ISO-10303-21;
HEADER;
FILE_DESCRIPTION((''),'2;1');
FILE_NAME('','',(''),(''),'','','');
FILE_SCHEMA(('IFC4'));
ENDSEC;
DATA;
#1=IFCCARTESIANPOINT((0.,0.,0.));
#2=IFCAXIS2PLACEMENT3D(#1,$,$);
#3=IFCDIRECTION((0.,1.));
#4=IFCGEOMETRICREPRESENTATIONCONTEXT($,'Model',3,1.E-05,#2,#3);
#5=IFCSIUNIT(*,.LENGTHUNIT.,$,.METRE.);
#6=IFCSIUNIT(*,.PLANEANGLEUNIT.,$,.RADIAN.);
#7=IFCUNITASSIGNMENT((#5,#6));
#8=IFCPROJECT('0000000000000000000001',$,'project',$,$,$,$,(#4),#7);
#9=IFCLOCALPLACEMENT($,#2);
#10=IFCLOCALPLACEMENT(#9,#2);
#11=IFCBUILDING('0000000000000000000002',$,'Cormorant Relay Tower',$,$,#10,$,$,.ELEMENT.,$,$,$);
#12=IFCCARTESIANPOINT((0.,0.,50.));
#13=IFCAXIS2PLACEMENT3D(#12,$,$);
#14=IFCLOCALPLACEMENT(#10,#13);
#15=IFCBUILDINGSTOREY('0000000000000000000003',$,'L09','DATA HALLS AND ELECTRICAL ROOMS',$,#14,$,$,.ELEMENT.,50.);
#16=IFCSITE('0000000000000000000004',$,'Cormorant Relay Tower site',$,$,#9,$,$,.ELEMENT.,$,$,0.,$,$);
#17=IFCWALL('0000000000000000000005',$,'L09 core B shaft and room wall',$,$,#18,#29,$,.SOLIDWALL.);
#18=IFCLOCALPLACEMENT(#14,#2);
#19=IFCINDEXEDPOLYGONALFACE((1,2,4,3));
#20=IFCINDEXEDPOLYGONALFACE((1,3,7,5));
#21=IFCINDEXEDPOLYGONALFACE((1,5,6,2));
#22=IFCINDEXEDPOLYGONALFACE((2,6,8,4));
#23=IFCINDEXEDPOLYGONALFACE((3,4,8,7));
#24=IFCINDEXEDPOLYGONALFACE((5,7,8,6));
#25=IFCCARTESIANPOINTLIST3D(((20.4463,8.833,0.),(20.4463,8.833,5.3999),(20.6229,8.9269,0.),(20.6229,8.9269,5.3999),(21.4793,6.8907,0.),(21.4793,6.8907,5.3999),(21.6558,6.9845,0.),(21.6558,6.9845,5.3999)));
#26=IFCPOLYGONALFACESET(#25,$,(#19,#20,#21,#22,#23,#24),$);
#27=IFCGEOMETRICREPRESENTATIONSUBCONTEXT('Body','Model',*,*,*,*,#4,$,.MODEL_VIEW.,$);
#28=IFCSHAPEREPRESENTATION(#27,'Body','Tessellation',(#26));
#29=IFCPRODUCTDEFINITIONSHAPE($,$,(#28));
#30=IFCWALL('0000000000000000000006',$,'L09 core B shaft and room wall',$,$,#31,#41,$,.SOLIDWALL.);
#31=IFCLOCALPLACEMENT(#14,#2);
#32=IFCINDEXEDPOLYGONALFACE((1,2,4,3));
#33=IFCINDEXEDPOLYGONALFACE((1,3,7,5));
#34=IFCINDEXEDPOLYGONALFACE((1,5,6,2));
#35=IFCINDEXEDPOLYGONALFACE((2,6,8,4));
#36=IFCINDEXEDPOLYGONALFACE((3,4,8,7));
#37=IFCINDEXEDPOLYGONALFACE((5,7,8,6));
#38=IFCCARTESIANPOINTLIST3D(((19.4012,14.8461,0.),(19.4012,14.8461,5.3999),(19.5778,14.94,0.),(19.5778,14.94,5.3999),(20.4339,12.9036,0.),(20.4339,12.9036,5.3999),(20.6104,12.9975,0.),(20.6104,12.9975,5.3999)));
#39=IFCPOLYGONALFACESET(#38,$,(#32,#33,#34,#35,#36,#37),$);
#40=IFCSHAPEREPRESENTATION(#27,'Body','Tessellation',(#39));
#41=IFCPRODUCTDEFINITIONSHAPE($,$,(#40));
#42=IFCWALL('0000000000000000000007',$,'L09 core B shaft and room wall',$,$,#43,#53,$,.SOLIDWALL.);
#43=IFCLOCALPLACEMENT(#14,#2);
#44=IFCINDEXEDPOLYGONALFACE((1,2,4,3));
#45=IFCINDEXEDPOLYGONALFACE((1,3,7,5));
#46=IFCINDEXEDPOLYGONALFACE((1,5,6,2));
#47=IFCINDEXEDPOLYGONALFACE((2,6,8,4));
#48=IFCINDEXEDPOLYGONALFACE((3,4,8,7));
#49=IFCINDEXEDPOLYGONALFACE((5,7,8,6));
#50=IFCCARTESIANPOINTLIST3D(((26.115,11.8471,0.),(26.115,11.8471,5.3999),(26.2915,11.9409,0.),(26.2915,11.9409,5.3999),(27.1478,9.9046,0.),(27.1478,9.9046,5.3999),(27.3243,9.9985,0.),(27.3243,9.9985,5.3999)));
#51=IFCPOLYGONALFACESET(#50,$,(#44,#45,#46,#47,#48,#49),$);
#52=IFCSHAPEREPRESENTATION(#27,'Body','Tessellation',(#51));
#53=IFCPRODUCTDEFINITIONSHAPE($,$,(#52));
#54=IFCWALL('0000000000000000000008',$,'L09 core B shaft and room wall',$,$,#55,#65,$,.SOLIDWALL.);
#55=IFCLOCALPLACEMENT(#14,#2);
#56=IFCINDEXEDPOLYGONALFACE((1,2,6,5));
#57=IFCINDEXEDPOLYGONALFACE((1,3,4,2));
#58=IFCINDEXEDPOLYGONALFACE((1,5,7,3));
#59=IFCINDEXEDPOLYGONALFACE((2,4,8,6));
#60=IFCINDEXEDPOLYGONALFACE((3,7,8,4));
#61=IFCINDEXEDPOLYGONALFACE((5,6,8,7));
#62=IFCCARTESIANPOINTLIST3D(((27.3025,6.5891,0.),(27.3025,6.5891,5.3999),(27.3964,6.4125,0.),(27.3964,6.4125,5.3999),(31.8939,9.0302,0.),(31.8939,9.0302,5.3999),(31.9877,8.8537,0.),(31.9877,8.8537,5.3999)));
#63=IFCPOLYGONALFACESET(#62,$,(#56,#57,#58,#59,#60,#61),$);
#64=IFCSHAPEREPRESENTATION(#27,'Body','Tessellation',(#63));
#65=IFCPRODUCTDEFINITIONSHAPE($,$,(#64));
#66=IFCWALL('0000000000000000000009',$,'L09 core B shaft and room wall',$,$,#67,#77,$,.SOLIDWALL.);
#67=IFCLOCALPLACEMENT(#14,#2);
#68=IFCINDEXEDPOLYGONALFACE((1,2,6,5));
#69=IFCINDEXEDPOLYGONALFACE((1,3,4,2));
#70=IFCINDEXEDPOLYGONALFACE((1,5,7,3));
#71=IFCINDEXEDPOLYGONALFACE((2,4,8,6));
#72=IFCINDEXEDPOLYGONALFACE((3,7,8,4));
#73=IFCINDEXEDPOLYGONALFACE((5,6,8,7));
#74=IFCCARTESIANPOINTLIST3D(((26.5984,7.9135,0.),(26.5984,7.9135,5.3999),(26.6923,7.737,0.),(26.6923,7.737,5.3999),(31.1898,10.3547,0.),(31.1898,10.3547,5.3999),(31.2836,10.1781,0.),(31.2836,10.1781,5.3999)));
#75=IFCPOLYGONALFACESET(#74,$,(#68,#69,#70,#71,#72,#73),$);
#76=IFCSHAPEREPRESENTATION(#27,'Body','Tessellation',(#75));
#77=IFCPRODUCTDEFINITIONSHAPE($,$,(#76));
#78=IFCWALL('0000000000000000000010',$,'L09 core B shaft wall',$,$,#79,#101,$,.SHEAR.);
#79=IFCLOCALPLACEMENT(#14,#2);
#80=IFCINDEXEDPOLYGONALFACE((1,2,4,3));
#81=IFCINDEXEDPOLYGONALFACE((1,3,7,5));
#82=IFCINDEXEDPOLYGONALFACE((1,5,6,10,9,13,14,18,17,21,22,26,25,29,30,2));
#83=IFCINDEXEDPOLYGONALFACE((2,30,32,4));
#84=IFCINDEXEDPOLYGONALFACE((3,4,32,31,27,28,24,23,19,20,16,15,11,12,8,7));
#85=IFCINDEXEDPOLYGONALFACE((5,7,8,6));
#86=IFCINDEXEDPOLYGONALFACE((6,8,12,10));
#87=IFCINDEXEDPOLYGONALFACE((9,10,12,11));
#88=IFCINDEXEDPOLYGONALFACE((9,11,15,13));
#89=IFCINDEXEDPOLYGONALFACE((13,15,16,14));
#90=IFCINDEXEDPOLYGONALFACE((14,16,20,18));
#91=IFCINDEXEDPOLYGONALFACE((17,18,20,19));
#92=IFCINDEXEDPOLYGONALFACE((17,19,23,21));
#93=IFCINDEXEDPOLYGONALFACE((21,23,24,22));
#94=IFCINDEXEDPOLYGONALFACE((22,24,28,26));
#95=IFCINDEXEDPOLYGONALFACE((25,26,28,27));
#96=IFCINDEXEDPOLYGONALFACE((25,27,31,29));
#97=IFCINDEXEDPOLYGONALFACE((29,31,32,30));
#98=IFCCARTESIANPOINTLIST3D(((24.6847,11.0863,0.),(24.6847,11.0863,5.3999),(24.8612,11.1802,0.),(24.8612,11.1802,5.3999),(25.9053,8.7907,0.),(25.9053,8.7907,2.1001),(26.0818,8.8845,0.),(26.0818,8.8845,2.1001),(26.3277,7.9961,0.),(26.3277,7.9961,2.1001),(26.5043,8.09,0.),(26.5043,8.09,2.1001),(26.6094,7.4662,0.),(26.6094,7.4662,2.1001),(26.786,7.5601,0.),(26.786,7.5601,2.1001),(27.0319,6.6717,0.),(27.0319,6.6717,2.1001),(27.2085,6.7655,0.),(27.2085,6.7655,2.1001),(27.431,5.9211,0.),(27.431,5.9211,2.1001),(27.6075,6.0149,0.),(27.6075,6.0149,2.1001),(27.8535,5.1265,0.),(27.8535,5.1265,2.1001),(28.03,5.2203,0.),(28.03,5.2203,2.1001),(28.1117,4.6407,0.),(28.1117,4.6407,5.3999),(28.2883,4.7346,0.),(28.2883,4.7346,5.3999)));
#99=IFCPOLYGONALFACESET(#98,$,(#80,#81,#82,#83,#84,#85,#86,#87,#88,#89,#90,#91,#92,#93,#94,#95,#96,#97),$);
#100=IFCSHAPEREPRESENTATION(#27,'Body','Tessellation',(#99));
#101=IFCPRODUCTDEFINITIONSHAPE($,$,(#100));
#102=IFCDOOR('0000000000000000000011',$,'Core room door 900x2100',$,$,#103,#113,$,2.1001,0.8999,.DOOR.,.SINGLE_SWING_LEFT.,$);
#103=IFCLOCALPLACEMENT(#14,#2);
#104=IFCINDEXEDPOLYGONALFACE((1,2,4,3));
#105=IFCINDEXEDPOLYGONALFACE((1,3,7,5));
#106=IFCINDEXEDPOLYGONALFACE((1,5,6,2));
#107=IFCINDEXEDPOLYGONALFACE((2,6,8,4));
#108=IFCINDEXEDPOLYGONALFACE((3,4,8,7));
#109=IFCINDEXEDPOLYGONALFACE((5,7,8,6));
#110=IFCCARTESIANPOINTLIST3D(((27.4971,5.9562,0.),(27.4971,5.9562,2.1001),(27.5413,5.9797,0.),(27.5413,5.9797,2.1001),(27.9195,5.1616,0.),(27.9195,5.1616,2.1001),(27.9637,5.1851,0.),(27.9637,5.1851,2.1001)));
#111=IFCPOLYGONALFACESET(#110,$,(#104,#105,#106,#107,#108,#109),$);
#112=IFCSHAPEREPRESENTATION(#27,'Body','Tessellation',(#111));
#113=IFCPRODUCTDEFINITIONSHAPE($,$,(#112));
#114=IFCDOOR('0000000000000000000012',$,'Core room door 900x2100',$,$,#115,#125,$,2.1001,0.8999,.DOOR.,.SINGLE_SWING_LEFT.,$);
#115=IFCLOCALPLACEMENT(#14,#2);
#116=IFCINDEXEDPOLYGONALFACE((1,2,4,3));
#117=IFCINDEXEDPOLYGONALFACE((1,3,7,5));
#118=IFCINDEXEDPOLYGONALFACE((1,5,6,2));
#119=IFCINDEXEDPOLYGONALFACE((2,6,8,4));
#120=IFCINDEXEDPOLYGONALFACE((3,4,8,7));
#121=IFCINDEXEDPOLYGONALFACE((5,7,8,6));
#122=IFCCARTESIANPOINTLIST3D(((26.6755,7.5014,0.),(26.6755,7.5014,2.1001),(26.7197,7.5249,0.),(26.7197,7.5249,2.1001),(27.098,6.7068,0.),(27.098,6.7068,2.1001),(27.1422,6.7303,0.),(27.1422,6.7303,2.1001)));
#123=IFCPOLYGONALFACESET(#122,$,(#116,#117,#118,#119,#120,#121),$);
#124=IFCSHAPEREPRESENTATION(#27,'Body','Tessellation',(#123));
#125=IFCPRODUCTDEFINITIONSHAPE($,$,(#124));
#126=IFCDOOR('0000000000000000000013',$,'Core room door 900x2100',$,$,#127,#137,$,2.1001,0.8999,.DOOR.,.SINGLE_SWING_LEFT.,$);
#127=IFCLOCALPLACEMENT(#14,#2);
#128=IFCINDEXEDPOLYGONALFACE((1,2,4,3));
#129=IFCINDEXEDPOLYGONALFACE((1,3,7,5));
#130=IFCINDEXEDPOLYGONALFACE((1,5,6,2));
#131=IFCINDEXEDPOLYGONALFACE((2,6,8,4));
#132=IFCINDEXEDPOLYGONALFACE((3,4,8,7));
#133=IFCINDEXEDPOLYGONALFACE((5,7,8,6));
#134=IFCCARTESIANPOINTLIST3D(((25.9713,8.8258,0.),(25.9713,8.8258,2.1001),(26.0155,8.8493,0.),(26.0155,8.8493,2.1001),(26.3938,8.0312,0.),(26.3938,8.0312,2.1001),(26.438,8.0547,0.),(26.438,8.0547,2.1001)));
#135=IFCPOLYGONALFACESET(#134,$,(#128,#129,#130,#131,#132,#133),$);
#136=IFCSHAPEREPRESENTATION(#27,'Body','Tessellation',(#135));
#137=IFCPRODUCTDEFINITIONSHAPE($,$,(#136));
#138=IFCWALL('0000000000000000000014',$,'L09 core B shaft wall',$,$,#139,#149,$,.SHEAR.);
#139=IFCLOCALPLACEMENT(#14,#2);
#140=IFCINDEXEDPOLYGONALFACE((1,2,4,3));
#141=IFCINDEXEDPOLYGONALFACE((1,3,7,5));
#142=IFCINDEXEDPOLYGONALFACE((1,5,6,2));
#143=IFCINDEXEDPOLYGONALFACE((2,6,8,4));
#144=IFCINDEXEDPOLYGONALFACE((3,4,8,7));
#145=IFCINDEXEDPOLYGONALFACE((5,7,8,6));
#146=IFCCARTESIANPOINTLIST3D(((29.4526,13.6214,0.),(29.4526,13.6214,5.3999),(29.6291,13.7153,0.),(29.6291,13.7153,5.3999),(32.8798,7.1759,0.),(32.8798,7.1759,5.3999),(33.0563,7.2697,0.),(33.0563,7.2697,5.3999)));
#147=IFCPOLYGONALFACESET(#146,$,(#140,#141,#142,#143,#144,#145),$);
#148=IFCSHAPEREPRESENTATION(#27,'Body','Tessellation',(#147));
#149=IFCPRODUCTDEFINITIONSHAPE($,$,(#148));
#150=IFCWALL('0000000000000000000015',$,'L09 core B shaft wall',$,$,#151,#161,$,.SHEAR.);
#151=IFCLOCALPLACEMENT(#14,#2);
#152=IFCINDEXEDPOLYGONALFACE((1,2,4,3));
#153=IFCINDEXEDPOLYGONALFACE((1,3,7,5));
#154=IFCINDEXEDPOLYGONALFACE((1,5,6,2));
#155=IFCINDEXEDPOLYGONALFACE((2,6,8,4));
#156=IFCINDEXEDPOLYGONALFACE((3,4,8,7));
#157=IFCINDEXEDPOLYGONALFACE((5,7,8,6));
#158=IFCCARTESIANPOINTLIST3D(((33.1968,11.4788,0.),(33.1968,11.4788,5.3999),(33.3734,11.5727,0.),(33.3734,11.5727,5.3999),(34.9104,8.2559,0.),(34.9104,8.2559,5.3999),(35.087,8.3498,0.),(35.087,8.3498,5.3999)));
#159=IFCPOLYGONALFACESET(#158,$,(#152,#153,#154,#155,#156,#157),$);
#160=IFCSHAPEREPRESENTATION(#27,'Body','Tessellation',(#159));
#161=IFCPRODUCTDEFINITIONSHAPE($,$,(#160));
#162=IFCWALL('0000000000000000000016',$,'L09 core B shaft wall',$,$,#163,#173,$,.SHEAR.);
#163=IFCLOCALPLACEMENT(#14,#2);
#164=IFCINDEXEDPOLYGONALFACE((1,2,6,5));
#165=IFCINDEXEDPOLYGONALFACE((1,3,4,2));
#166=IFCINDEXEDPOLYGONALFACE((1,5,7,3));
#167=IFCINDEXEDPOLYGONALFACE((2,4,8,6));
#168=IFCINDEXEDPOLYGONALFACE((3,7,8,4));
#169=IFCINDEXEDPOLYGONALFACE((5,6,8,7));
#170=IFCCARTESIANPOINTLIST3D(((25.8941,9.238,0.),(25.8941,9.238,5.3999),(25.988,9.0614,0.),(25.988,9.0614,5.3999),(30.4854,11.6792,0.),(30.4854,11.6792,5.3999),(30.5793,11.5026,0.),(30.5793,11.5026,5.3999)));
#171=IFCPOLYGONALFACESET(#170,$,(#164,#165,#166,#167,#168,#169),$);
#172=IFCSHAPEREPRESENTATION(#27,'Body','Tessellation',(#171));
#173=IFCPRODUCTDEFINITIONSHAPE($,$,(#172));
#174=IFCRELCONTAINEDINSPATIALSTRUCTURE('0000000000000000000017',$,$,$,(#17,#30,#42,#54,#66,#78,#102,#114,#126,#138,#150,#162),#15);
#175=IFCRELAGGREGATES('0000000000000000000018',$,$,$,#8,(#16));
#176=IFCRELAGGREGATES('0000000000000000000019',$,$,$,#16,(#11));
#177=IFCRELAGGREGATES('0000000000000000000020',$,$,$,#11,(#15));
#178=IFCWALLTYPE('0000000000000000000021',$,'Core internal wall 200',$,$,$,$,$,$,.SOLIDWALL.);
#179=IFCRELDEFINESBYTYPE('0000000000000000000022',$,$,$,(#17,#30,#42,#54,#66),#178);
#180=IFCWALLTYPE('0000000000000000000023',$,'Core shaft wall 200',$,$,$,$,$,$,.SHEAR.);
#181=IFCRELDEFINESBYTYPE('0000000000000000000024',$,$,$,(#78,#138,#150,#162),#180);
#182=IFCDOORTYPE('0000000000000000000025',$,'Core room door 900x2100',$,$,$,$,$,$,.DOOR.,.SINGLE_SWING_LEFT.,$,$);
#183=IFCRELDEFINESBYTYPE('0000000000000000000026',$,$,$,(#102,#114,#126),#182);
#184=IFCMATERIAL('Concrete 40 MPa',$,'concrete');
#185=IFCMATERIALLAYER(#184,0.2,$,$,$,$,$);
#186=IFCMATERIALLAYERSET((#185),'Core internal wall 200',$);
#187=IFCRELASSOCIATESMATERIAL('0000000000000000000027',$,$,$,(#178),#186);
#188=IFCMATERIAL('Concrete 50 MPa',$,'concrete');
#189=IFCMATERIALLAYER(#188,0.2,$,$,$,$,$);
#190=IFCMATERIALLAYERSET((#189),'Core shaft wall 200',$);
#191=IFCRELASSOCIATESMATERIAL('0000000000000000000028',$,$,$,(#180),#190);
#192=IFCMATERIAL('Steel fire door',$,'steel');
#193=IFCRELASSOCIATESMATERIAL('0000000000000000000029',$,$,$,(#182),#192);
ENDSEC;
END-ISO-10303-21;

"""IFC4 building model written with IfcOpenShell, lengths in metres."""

from ifc_helpers import new_model, si_unit, direction, frame, frame_2d, origin, place, context, subcontext, project, spatial, rectangle, extrude, material, layer, layer_set, type_object, element, fill, save


model = new_model("IFC4")

# Units and contexts
model_context = context("Model", 3, precision=1e-05, world=origin(), true_north=direction((0.0, 1.0)))
body_context = subcontext(model_context, "Body", "Model", "MODEL_VIEW")
ifc_project = project(units=[si_unit("LENGTHUNIT", "METRE"), si_unit("PLANEANGLEUNIT", "RADIAN")], contexts=[model_context])

# Site, building, storey
site_placement = place(None, origin())
site = spatial("IfcSite", under=ifc_project, at=site_placement, Name="Cormorant Relay Tower site", CompositionType="ELEMENT", RefElevation=0.0)
building_placement = place(site_placement, origin())
building = spatial("IfcBuilding", under=site, at=building_placement, Name="Cormorant Relay Tower", CompositionType="ELEMENT")
storey_placement = place(building_placement, frame((0.0, 0.0, 50.0)))
storey = spatial("IfcBuildingStorey", under=building, at=storey_placement, Name="L09", Description="DATA HALLS AND ELECTRICAL ROOMS", CompositionType="ELEMENT", Elevation=50.0)

# Walls
ifc_material_1 = material(Name="Concrete 40 MPa", Category="concrete")
ifc_layer_1 = layer(ifc_material_1, 0.2)
ifc_layer_set_1 = layer_set([ifc_layer_1], Name="Core internal wall 200")
wall_type_1 = type_object("IfcWallType", Name="Core internal wall 200", PredefinedType="SOLIDWALL", material=ifc_layer_set_1)
for number, where, z_axis, x_axis, name in (
    (1, (21.5676, 6.9375, 0.0), (0.0, 0.0, 1.0), (-0.469534, 0.882914, 0.0), "L09 core B shaft and room wall"),
    (2, (20.5222, 12.9504, 0.0), (0.0, 0.0, 1.0), (-0.469401, 0.882985, 0.0), "L09 core B shaft and room wall"),
    (3, (27.2361, 9.9514, 0.0), (0.0, 0.0, 1.0), (-0.469447, 0.88296, 0.0), "L09 core B shaft and room wall"),
):
    element("IfcWall", number, at=place(storey_placement, frame(where, z_axis=z_axis, x_axis=x_axis)), inside=storey, type_object=wall_type_1, Name=name, PredefinedType="SOLIDWALL", context=body_context, shape_type="SweptSolid", body=[
        extrude(rectangle(XDim=2.2, YDim=0.2, at=frame_2d((1.1001, 0.0))), origin(), (0.0, 0.0, 1.0), 5.3999),
    ])
for number, where, z_axis, x_axis, name in (
    (4, (27.3494, 6.5007, 0.0), (0.0, 0.0, 1.0), (0.882954, 0.46946, 0.0), "L09 core B shaft and room wall"),
    (5, (26.6453, 7.8252, 0.0), (0.0, 0.0, 1.0), (0.882954, 0.46946, 0.0), "L09 core B shaft and room wall"),
):
    element("IfcWall", number, at=place(storey_placement, frame(where, z_axis=z_axis, x_axis=x_axis)), inside=storey, type_object=wall_type_1, Name=name, PredefinedType="SOLIDWALL", context=body_context, shape_type="SweptSolid", body=[
        extrude(rectangle(XDim=5.2, YDim=0.2, at=frame_2d((2.6001, 0.0))), origin(), (0.0, 0.0, 1.0), 5.3999),
    ])

# Wall, openings, doors
ifc_material_2 = material(Name="Concrete 50 MPa", Category="concrete")
ifc_layer_2 = layer(ifc_material_2, 0.2)
ifc_layer_set_2 = layer_set([ifc_layer_2], Name="Core shaft wall 200")
wall_type_2 = type_object("IfcWallType", Name="Core shaft wall 200", PredefinedType="SHEAR", material=ifc_layer_set_2)
wall_1_placement = place(storey_placement, frame((28.2, 4.6877, 0.0), z_axis=(0.0, 0.0, 1.0), x_axis=(-0.469454, 0.882957, 0.0)))
wall_1 = element("IfcWall", 6, at=wall_1_placement, inside=storey, type_object=wall_type_2, Name="L09 core B shaft wall", PredefinedType="SHEAR", context=body_context, shape_type="SweptSolid", body=[
    extrude(rectangle(XDim=7.3, YDim=0.2, at=frame_2d((3.6499, 0.0))), origin(), (0.0, 0.0, 1.0), 5.3999),
])
opening_1_placement = place(wall_1_placement, frame((0.55, 0.0, 0.0)))
opening_1 = element("IfcOpeningElement", 7, at=opening_1_placement, cuts=wall_1, PredefinedType="OPENING", context=body_context, shape_type="SweptSolid", body=[
    extrude(rectangle(XDim=0.8999, YDim=2.1001, at=frame_2d((0.45, 1.05))), frame((0.0, 0.1099, 0.0), z_axis=(0.0, -1.0, 0.0), x_axis=(1.0, 0.0, 0.0)), (0.0, 0.0, 1.0), 0.22),
])
opening_2_placement = place(wall_1_placement, frame((2.3, 0.0, 0.0)))
opening_2 = element("IfcOpeningElement", 8, at=opening_2_placement, cuts=wall_1, PredefinedType="OPENING", context=body_context, shape_type="SweptSolid", body=[
    extrude(rectangle(XDim=0.8999, YDim=2.1001, at=frame_2d((0.45, 1.05))), frame((0.0, 0.1099, 0.0), z_axis=(0.0, -1.0, 0.0), x_axis=(1.0, 0.0, 0.0)), (0.0, 0.0, 1.0), 0.22),
])
opening_3_placement = place(wall_1_placement, frame((3.8, 0.0, 0.0)))
opening_3 = element("IfcOpeningElement", 9, at=opening_3_placement, cuts=wall_1, PredefinedType="OPENING", context=body_context, shape_type="SweptSolid", body=[
    extrude(rectangle(XDim=0.8999, YDim=2.1001, at=frame_2d((0.45, 1.05))), frame((0.0, 0.1099, 0.0), z_axis=(0.0, -1.0, 0.0), x_axis=(1.0, 0.0, 0.0)), (0.0, 0.0, 1.0), 0.22),
])
ifc_material_3 = material(Name="Steel fire door", Category="steel")
door_type_1 = type_object("IfcDoorType", Name="Core room door 900x2100", OperationType="SINGLE_SWING_LEFT", PredefinedType="DOOR", material=ifc_material_3)
door_1_placement = place(opening_1_placement, frame((0.8999, 0.0, 0.0), z_axis=(0.0, 0.0, 1.0), x_axis=(-1.0, 0.0, 0.0)))
door_1 = element("IfcDoor", 10, at=door_1_placement, inside=storey, type_object=door_type_1, Name="Core room door 900x2100", OperationType="SINGLE_SWING_LEFT", OverallHeight=2.1001, OverallWidth=0.8999, PredefinedType="DOOR", context=body_context, shape_type="SweptSolid", body=[
    extrude(rectangle(XDim=0.8999, YDim=2.1001, at=frame_2d((0.45, 1.05))), frame((0.0, 0.0249, 0.0), z_axis=(0.0, -1.0, 0.0), x_axis=(1.0, 0.0, 0.0)), (0.0, 0.0, 1.0), 0.05),
])
fill(opening_1, door_1)
door_2_placement = place(opening_2_placement, frame((0.8999, 0.0, 0.0), z_axis=(0.0, 0.0, 1.0), x_axis=(-1.0, 0.0, 0.0)))
door_2 = element("IfcDoor", 11, at=door_2_placement, inside=storey, type_object=door_type_1, Name="Core room door 900x2100", OperationType="SINGLE_SWING_LEFT", OverallHeight=2.1001, OverallWidth=0.8999, PredefinedType="DOOR", context=body_context, shape_type="SweptSolid", body=[
    extrude(rectangle(XDim=0.8999, YDim=2.1001, at=frame_2d((0.45, 1.05))), frame((0.0, 0.0249, 0.0), z_axis=(0.0, -1.0, 0.0), x_axis=(1.0, 0.0, 0.0)), (0.0, 0.0, 1.0), 0.05),
])
fill(opening_2, door_2)
door_3_placement = place(opening_3_placement, frame((0.8999, 0.0, 0.0), z_axis=(0.0, 0.0, 1.0), x_axis=(-1.0, 0.0, 0.0)))
door_3 = element("IfcDoor", 12, at=door_3_placement, inside=storey, type_object=door_type_1, Name="Core room door 900x2100", OperationType="SINGLE_SWING_LEFT", OverallHeight=2.1001, OverallWidth=0.8999, PredefinedType="DOOR", context=body_context, shape_type="SweptSolid", body=[
    extrude(rectangle(XDim=0.8999, YDim=2.1001, at=frame_2d((0.45, 1.05))), frame((0.0, 0.0249, 0.0), z_axis=(0.0, -1.0, 0.0), x_axis=(1.0, 0.0, 0.0)), (0.0, 0.0, 1.0), 0.05),
])
fill(opening_3, door_3)

# Walls
wall_2_placement = place(storey_placement, frame((32.968, 7.2229, 0.0), z_axis=(0.0, 0.0, 1.0), x_axis=(-0.46948, 0.882943, 0.0)))
element("IfcWall", 13, at=wall_2_placement, inside=storey, type_object=wall_type_2, Name="L09 core B shaft wall", PredefinedType="SHEAR", context=body_context, shape_type="SweptSolid", body=[
    extrude(rectangle(XDim=7.3, YDim=0.2, at=frame_2d((3.6499, 0.0))), origin(), (0.0, 0.0, 1.0), 5.3999),
])
wall_3_placement = place(storey_placement, frame((34.9988, 8.3027, 0.0), z_axis=(0.0, 0.0, 1.0), x_axis=(-0.469467, 0.88295, 0.0)))
element("IfcWall", 14, at=wall_3_placement, inside=storey, type_object=wall_type_2, Name="L09 core B shaft wall", PredefinedType="SHEAR", context=body_context, shape_type="SweptSolid", body=[
    extrude(rectangle(XDim=3.6501, YDim=0.2, at=frame_2d((1.8252, 0.0))), origin(), (0.0, 0.0, 1.0), 5.3999),
])

# Wall
wall_4_placement = place(storey_placement, frame((25.9409, 9.1497, 0.0), z_axis=(0.0, 0.0, 1.0), x_axis=(0.882954, 0.46946, 0.0)))
element("IfcWall", 15, at=wall_4_placement, inside=storey, type_object=wall_type_2, Name="L09 core B shaft wall", PredefinedType="SHEAR", context=body_context, shape_type="SweptSolid", body=[
    extrude(rectangle(XDim=5.2, YDim=0.2, at=frame_2d((2.6001, 0.0))), origin(), (0.0, 0.0, 1.0), 5.3999),
])

save(model, "model.ifc")
